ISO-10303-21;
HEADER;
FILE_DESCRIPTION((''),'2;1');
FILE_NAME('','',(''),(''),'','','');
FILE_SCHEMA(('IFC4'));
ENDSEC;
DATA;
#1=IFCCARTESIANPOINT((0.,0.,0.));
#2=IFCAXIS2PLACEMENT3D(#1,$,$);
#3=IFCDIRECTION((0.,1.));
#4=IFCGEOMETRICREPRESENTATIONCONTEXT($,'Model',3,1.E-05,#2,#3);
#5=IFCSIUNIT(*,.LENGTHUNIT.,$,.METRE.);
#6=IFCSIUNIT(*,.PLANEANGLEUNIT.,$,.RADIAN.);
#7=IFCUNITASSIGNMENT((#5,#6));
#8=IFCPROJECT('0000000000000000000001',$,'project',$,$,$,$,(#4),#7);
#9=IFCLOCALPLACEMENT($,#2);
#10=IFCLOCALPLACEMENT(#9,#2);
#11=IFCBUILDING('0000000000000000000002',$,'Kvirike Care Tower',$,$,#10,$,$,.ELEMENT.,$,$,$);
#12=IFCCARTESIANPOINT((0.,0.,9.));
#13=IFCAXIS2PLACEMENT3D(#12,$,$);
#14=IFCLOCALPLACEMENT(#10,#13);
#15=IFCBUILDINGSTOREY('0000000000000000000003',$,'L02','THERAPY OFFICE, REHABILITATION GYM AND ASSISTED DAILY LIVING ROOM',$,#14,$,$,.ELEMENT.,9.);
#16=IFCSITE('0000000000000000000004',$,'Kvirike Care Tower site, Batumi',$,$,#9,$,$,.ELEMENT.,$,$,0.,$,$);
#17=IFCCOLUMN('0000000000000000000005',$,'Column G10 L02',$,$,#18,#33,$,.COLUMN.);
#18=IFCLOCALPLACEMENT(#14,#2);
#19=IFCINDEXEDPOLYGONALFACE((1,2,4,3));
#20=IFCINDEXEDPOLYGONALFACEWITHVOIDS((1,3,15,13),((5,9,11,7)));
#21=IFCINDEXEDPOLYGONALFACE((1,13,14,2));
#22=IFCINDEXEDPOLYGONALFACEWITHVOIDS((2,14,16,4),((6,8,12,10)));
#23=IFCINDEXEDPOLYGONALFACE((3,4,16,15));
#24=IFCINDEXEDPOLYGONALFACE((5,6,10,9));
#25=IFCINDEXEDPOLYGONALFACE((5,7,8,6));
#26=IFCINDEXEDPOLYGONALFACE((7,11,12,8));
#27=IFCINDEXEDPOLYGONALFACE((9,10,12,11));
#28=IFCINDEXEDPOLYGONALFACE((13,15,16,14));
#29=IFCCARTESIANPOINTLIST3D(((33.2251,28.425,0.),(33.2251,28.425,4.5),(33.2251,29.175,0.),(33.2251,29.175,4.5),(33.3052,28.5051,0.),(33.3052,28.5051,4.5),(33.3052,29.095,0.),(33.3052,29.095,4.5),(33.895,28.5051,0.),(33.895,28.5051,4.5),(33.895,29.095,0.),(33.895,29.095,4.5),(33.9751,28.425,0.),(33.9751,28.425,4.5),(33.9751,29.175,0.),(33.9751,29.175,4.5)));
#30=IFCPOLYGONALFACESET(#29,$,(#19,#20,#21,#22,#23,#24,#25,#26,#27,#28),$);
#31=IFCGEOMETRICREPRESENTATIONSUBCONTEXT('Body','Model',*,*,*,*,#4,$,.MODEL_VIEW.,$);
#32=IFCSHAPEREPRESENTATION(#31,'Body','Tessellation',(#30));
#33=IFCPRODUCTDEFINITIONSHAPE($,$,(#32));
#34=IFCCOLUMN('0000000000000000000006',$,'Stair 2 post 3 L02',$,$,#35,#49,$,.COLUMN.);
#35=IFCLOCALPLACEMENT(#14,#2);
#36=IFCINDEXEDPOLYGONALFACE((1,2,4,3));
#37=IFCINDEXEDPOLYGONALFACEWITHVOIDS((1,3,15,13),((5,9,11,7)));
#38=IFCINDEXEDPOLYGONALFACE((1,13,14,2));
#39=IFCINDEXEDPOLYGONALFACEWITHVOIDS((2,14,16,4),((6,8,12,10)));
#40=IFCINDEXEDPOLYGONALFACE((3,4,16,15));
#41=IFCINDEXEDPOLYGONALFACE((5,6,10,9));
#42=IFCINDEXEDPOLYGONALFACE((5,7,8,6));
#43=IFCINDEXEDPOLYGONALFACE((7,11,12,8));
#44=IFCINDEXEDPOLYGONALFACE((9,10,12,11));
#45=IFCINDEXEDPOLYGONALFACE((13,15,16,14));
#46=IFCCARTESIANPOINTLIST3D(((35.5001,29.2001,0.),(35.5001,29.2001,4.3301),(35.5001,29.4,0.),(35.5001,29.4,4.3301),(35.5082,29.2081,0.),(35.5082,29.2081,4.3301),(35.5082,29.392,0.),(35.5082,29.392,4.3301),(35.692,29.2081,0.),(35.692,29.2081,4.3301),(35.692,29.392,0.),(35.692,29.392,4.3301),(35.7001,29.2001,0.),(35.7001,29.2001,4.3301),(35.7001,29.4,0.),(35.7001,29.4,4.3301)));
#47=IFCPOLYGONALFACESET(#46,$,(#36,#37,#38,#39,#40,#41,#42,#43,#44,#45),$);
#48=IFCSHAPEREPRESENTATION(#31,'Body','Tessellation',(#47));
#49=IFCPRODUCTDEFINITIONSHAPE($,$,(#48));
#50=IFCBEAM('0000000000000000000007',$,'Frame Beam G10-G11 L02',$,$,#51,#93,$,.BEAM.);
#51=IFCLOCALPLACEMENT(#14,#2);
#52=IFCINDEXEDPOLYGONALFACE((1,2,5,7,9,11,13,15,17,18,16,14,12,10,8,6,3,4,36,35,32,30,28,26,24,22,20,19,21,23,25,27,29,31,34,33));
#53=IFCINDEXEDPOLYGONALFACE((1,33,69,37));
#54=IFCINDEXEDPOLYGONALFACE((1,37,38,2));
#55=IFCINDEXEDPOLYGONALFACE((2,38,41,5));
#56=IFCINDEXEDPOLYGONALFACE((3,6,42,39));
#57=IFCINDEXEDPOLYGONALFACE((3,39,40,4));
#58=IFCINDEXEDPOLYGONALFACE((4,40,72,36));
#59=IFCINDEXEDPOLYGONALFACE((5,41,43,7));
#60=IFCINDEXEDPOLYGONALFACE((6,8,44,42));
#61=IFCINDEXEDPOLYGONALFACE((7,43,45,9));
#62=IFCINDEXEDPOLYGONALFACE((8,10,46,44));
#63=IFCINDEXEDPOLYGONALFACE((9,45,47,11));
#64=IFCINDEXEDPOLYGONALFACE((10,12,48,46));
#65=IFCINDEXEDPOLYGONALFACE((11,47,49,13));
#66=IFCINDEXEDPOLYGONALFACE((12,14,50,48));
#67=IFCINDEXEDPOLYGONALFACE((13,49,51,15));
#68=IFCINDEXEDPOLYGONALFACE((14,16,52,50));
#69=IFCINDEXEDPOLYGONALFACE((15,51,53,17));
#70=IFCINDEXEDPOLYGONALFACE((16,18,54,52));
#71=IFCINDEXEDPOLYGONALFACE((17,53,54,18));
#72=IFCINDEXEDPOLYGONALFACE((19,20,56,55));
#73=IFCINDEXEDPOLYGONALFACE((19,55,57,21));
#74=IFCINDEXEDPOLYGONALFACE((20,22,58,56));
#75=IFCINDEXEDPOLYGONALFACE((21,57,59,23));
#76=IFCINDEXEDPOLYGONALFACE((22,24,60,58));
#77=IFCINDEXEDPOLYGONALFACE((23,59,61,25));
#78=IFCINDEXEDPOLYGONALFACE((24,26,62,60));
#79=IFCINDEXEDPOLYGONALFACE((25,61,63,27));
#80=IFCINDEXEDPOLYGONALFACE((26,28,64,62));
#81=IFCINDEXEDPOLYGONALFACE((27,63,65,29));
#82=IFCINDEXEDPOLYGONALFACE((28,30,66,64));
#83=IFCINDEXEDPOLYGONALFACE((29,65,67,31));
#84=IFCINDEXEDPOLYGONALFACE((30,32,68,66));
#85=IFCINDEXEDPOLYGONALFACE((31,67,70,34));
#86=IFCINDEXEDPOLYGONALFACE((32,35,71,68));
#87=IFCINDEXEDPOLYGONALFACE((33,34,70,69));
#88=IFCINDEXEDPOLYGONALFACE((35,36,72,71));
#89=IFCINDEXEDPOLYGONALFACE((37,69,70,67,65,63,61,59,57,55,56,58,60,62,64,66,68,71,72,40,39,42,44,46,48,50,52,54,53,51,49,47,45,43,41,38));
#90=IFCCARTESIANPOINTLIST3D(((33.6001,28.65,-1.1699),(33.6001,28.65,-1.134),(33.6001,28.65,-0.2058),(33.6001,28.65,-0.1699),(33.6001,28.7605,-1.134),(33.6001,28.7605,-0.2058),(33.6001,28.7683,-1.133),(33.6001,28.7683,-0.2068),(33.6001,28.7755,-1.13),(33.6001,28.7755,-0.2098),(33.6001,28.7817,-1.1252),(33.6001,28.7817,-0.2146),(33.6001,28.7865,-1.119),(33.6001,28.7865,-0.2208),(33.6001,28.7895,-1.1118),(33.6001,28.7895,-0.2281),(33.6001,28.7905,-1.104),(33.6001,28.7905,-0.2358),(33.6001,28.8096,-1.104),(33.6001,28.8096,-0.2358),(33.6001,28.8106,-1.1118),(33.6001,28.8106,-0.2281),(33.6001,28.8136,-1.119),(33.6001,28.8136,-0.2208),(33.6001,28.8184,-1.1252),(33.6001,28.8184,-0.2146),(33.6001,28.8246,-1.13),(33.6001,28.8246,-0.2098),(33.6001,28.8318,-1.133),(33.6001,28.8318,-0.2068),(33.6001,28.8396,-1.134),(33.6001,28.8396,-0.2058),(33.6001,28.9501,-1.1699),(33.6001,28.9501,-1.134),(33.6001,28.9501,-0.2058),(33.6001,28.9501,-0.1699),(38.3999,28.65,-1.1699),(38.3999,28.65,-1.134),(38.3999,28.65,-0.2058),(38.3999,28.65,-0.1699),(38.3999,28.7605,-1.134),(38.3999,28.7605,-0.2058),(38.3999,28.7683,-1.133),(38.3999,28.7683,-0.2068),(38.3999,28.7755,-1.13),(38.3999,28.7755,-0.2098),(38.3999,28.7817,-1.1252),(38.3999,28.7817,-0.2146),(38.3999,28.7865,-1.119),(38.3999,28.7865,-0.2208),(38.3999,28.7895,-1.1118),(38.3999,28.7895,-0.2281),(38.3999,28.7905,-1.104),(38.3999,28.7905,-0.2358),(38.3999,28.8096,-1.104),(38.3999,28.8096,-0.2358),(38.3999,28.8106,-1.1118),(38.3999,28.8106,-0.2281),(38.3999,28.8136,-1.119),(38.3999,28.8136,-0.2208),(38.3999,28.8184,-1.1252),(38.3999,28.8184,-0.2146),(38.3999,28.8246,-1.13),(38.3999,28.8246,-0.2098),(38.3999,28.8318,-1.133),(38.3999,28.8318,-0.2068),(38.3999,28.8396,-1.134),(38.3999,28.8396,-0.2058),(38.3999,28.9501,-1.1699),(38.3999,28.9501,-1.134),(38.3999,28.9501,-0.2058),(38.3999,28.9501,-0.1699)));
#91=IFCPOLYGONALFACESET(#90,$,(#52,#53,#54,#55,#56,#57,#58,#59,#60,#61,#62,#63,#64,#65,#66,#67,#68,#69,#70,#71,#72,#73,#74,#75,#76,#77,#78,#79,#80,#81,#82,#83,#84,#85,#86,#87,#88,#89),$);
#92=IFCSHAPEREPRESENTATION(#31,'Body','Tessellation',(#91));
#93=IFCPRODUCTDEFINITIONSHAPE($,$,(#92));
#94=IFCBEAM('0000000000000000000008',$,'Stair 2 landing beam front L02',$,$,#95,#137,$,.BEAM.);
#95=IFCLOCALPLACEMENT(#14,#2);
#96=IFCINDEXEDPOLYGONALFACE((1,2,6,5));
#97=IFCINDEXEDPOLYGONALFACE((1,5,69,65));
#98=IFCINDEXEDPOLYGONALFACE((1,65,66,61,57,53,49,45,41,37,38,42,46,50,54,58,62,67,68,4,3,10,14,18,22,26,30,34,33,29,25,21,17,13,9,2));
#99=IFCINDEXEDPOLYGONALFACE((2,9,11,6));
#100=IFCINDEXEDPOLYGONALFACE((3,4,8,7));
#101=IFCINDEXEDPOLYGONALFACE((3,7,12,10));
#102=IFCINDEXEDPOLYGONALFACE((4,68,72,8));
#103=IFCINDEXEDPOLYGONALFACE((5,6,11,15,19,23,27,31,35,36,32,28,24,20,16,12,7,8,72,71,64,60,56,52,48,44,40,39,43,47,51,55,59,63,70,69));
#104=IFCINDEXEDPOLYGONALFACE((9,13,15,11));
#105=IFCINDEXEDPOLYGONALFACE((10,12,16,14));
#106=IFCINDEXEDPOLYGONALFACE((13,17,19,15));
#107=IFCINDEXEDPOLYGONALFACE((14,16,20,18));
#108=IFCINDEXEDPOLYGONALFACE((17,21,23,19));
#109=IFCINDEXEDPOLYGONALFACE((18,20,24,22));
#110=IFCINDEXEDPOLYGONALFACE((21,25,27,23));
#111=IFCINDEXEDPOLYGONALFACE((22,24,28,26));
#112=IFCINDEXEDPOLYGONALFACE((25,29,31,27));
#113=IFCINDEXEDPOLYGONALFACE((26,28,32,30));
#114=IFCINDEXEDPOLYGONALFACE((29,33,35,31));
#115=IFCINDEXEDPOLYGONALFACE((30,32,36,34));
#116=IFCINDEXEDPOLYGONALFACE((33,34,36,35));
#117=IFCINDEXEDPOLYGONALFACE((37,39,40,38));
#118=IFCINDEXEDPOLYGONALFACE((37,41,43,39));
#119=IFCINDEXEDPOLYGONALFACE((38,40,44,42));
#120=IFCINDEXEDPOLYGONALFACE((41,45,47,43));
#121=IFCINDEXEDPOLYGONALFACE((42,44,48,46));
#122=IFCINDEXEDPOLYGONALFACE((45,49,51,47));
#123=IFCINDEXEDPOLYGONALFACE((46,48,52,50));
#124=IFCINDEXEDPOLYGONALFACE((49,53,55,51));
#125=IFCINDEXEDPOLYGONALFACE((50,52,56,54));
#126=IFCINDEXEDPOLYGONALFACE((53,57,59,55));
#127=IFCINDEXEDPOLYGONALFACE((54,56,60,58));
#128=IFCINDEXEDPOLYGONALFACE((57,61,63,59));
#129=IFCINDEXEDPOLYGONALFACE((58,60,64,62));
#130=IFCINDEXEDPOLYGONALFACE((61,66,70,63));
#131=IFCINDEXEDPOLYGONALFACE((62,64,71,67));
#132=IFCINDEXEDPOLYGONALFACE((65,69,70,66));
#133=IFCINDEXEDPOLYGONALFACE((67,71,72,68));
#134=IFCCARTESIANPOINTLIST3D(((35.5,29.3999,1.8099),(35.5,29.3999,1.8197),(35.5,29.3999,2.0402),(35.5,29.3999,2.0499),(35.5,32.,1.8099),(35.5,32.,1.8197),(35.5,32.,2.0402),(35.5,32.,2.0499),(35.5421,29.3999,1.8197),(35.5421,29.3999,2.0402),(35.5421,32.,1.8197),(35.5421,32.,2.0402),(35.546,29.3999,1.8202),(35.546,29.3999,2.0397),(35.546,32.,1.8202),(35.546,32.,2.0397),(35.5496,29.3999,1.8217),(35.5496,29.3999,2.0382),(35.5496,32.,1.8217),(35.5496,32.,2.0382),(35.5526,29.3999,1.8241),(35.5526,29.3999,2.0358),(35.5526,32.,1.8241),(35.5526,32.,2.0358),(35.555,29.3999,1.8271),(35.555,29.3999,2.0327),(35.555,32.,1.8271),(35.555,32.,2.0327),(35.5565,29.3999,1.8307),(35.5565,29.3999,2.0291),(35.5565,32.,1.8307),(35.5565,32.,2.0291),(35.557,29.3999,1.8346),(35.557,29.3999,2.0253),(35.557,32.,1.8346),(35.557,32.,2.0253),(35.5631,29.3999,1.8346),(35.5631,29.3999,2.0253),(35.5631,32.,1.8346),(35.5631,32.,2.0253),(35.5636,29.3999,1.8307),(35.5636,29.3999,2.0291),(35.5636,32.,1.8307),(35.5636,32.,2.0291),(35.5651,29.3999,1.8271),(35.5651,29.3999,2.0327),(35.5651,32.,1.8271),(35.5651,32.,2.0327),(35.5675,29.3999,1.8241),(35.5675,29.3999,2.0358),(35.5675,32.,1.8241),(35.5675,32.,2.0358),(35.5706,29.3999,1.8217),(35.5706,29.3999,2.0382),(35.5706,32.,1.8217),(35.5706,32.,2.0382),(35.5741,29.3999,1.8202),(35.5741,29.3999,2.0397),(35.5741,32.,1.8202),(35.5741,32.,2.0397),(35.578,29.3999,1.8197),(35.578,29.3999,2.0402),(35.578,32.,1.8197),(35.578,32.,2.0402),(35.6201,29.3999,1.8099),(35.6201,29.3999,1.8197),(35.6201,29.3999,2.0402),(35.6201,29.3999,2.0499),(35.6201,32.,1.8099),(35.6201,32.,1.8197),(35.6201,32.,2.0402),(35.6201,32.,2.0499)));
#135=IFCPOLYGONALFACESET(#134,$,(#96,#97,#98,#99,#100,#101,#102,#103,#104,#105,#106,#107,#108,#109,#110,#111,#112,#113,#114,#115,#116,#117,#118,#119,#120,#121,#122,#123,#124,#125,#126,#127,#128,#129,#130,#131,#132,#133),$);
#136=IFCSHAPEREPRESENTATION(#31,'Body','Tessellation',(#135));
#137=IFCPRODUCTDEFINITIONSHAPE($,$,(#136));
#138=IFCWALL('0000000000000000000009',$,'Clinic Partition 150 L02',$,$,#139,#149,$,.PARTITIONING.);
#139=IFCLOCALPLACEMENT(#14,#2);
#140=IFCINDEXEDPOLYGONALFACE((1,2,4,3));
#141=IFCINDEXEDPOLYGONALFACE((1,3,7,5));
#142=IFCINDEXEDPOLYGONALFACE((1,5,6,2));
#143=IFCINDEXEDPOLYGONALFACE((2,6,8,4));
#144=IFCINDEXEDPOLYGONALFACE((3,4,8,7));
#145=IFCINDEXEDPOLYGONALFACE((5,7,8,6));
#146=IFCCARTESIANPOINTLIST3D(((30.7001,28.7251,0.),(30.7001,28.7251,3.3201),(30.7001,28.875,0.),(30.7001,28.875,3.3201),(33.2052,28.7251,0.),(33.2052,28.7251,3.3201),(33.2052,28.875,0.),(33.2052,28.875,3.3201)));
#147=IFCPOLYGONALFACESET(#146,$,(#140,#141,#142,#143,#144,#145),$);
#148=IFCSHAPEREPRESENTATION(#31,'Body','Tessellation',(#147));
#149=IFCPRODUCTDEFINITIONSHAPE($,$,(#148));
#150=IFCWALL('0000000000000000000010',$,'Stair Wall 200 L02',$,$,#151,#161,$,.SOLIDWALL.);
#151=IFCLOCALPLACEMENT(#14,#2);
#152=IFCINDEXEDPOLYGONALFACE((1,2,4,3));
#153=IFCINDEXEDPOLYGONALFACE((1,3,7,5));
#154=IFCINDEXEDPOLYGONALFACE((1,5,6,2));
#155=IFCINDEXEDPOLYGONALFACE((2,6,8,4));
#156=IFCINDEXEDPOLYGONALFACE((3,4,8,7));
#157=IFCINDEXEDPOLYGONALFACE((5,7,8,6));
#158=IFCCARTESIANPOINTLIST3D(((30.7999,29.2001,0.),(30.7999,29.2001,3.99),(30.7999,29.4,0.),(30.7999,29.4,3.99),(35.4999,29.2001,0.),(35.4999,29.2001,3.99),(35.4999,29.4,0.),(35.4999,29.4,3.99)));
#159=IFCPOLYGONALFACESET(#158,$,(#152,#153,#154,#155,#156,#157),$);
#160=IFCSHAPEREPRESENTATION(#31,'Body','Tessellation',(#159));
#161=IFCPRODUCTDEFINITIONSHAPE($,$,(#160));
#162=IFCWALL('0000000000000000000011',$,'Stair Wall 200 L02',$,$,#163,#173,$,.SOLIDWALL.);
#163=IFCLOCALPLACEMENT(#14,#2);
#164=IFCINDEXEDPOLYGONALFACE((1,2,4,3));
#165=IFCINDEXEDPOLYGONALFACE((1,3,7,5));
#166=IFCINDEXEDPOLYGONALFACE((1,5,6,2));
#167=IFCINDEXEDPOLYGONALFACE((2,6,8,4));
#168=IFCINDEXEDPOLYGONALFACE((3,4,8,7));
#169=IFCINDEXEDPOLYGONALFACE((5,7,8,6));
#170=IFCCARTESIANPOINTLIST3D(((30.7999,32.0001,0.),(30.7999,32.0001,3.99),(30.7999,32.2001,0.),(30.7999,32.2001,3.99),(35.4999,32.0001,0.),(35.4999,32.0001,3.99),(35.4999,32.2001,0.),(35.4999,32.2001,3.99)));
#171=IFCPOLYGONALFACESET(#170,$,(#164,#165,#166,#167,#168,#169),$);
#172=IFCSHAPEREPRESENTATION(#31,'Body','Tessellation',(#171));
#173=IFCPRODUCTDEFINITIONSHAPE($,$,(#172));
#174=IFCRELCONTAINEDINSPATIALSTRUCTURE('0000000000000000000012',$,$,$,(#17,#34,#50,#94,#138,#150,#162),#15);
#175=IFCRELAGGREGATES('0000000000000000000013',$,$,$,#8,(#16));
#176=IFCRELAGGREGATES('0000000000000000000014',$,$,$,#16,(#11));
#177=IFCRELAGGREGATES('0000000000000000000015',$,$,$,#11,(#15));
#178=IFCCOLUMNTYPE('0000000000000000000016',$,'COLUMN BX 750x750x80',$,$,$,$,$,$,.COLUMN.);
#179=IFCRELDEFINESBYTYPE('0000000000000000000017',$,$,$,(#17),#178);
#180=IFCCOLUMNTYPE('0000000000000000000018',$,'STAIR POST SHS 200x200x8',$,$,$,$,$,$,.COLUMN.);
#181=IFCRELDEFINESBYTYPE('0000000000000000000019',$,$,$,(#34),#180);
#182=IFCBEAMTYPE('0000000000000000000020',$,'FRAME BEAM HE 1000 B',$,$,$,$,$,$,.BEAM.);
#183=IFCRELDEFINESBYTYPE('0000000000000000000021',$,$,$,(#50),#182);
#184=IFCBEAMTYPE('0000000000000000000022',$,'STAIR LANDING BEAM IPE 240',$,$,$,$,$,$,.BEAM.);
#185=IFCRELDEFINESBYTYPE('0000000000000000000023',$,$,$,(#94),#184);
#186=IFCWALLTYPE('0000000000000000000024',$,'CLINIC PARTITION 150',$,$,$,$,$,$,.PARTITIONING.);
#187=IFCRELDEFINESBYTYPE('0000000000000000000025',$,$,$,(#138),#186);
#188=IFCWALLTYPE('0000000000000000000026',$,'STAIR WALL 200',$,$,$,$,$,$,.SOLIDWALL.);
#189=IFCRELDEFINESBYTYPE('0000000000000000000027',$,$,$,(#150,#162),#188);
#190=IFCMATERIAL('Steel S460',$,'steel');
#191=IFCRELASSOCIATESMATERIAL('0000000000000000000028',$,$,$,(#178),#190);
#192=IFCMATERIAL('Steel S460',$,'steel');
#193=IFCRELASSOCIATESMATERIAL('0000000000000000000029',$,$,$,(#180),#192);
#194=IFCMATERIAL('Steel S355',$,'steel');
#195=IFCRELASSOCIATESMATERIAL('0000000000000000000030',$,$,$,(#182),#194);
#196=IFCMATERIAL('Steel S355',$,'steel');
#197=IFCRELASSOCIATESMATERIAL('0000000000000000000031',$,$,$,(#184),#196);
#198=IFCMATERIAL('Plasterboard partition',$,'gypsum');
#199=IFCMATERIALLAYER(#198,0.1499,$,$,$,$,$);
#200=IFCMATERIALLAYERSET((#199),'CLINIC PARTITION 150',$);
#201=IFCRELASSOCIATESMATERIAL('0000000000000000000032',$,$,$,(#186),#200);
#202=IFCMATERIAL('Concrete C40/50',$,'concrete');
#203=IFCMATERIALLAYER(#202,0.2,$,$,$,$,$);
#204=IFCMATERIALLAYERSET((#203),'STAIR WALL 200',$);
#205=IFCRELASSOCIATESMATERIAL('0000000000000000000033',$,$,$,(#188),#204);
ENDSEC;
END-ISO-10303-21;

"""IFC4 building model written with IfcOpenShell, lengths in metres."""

from ifc_helpers import new_model, si_unit, direction, frame, frame_2d, origin, origin_2d, place, context, subcontext, project, spatial, rectangle, hollow_rectangle, i_section, extrude, material, layer, layer_set, material_profile, profile_set, type_object, element, save


model = new_model("IFC4")

# Units and contexts
model_context = context("Model", 3, precision=1e-05, world=origin(), true_north=direction((0.0, 1.0)))
body_context = subcontext(model_context, "Body", "Model", "MODEL_VIEW")
ifc_project = project(units=[si_unit("LENGTHUNIT", "METRE"), si_unit("PLANEANGLEUNIT", "RADIAN")], contexts=[model_context])

# Site, building, storey
site_placement = place(None, origin())
site = spatial("IfcSite", under=ifc_project, at=site_placement, Name="Kvirike Care Tower site, Batumi", CompositionType="ELEMENT", RefElevation=0.0)
building_placement = place(site_placement, origin())
building = spatial("IfcBuilding", under=site, at=building_placement, Name="Kvirike Care Tower", CompositionType="ELEMENT")
storey_placement = place(building_placement, frame((0.0, 0.0, 9.0)))
storey = spatial("IfcBuildingStorey", under=building, at=storey_placement, Name="L02", Description="THERAPY OFFICE, REHABILITATION GYM AND ASSISTED DAILY LIVING ROOM", CompositionType="ELEMENT", Elevation=9.0)

# Columns
ifc_material_1 = material(Name="Steel S460", Category="steel")
ifc_material_profile_1 = material_profile(ifc_material_1, hollow_rectangle(XDim=0.75, YDim=0.75, WallThickness=0.0801, at=origin_2d()), Name="BX 750x750x80")
ifc_profile_set_1 = profile_set([ifc_material_profile_1], Name="Steel S460")
column_type_1 = type_object("IfcColumnType", Name="COLUMN BX 750x750x80", PredefinedType="COLUMN", material=ifc_profile_set_1)
column_1_placement = place(storey_placement, frame((33.6001, 28.8, 0.0), z_axis=(0.0, 0.0, 1.0), x_axis=(0.0, 1.0, 0.0)))
element("IfcColumn", 1, at=column_1_placement, inside=storey, type_object=column_type_1, Name="Column G10 L02", PredefinedType="COLUMN", context=body_context, shape_type="SweptSolid", body=[
    extrude(hollow_rectangle(XDim=0.75, YDim=0.75, WallThickness=0.0801, at=origin_2d()), origin(), (0.0, 0.0, 1.0), 4.5),
])
ifc_material_2 = material(Name="Steel S460", Category="steel")
ifc_material_profile_2 = material_profile(ifc_material_2, hollow_rectangle(XDim=0.2, YDim=0.2, WallThickness=0.0081, at=origin_2d()), Name="SHS 200x200x8")
ifc_profile_set_2 = profile_set([ifc_material_profile_2], Name="Steel S460")
column_type_2 = type_object("IfcColumnType", Name="STAIR POST SHS 200x200x8", PredefinedType="COLUMN", material=ifc_profile_set_2)
column_2_placement = place(storey_placement, frame((35.6001, 29.3, 0.0), z_axis=(0.0, 0.0, 1.0), x_axis=(1.0, 0.0, 0.0)))
element("IfcColumn", 2, at=column_2_placement, inside=storey, type_object=column_type_2, Name="Stair 2 post 3 L02", PredefinedType="COLUMN", context=body_context, shape_type="SweptSolid", body=[
    extrude(hollow_rectangle(XDim=0.2, YDim=0.2, WallThickness=0.0081, at=origin_2d()), origin(), (0.0, 0.0, 1.0), 4.3301),
])

# Beams
ifc_material_3 = material(Name="Steel S355", Category="steel")
ifc_material_profile_3 = material_profile(ifc_material_3, i_section(OverallWidth=0.3, OverallDepth=1.0, WebThickness=0.019, FlangeThickness=0.0359, FilletRadius=0.03, at=origin_2d()), Name="HE 1000 B")
ifc_profile_set_3 = profile_set([ifc_material_profile_3], Name="Steel S355")
beam_type_1 = type_object("IfcBeamType", Name="FRAME BEAM HE 1000 B", PredefinedType="BEAM", material=ifc_profile_set_3)
beam_1_placement = place(storey_placement, frame((33.6001, 28.8, -0.6699), z_axis=(1.0, 0.0, 0.0), x_axis=(0.0, 1.0, 0.0)))
element("IfcBeam", 3, at=beam_1_placement, inside=storey, type_object=beam_type_1, Name="Frame Beam G10-G11 L02", PredefinedType="BEAM", context=body_context, shape_type="SweptSolid", body=[
    extrude(i_section(OverallWidth=0.3, OverallDepth=1.0, WebThickness=0.019, FlangeThickness=0.0359, FilletRadius=0.03, at=origin_2d()), origin(), (0.0, 0.0, 1.0), 4.7998),
])
ifc_material_4 = material(Name="Steel S355", Category="steel")
ifc_material_profile_4 = material_profile(ifc_material_4, i_section(OverallWidth=0.1201, OverallDepth=0.24, WebThickness=0.0061, FlangeThickness=0.0098, FilletRadius=0.0149, at=origin_2d()), Name="IPE 240")
ifc_profile_set_4 = profile_set([ifc_material_profile_4], Name="Steel S355")
beam_type_2 = type_object("IfcBeamType", Name="STAIR LANDING BEAM IPE 240", PredefinedType="BEAM", material=ifc_profile_set_4)
beam_2_placement = place(storey_placement, frame((35.5601, 29.3999, 1.9299), z_axis=(0.0, 1.0, 0.0), x_axis=(-1.0, 0.0, 0.0)))
element("IfcBeam", 4, at=beam_2_placement, inside=storey, type_object=beam_type_2, Name="Stair 2 landing beam front L02", PredefinedType="BEAM", context=body_context, shape_type="SweptSolid", body=[
    extrude(i_section(OverallWidth=0.1201, OverallDepth=0.24, WebThickness=0.0061, FlangeThickness=0.0098, FilletRadius=0.0149, at=origin_2d()), origin(), (0.0, 0.0, 1.0), 2.6001),
])

# Walls
ifc_material_5 = material(Name="Plasterboard partition", Category="gypsum")
ifc_layer_1 = layer(ifc_material_5, 0.1499)
ifc_layer_set_1 = layer_set([ifc_layer_1], Name="CLINIC PARTITION 150")
wall_type_1 = type_object("IfcWallType", Name="CLINIC PARTITION 150", PredefinedType="PARTITIONING", material=ifc_layer_set_1)
wall_placement = place(storey_placement, frame((33.2051, 28.8, 0.0), z_axis=(0.0, 0.0, 1.0), x_axis=(-1.0, 0.0, 0.0)))
element("IfcWall", 5, at=wall_placement, inside=storey, type_object=wall_type_1, Name="Clinic Partition 150 L02", PredefinedType="PARTITIONING", context=body_context, shape_type="SweptSolid", body=[
    extrude(rectangle(XDim=2.5051, YDim=0.1499, at=frame_2d((1.2524, 0.0))), origin(), (0.0, 0.0, 1.0), 3.3201),
])
ifc_material_6 = material(Name="Concrete C40/50", Category="concrete")
ifc_layer_2 = layer(ifc_material_6, 0.2)
ifc_layer_set_2 = layer_set([ifc_layer_2], Name="STAIR WALL 200")
wall_type_2 = type_object("IfcWallType", Name="STAIR WALL 200", PredefinedType="SOLIDWALL", material=ifc_layer_set_2)
for number, where, z_axis, x_axis, name in (
    (6, (35.5, 29.3, 0.0), (0.0, 0.0, 1.0), (-1.0, 0.0, 0.0), "Stair Wall 200 L02"),
    (7, (35.5, 32.1001, 0.0), (0.0, 0.0, 1.0), (-1.0, 0.0, 0.0), "Stair Wall 200 L02"),
):
    element("IfcWall", number, at=place(storey_placement, frame(where, z_axis=z_axis, x_axis=x_axis)), inside=storey, type_object=wall_type_2, Name=name, PredefinedType="SOLIDWALL", context=body_context, shape_type="SweptSolid", body=[
        extrude(rectangle(XDim=4.7, YDim=0.2, at=frame_2d((2.3501, 0.0))), origin(), (0.0, 0.0, 1.0), 3.99),
    ])

save(model, "model.ifc")
